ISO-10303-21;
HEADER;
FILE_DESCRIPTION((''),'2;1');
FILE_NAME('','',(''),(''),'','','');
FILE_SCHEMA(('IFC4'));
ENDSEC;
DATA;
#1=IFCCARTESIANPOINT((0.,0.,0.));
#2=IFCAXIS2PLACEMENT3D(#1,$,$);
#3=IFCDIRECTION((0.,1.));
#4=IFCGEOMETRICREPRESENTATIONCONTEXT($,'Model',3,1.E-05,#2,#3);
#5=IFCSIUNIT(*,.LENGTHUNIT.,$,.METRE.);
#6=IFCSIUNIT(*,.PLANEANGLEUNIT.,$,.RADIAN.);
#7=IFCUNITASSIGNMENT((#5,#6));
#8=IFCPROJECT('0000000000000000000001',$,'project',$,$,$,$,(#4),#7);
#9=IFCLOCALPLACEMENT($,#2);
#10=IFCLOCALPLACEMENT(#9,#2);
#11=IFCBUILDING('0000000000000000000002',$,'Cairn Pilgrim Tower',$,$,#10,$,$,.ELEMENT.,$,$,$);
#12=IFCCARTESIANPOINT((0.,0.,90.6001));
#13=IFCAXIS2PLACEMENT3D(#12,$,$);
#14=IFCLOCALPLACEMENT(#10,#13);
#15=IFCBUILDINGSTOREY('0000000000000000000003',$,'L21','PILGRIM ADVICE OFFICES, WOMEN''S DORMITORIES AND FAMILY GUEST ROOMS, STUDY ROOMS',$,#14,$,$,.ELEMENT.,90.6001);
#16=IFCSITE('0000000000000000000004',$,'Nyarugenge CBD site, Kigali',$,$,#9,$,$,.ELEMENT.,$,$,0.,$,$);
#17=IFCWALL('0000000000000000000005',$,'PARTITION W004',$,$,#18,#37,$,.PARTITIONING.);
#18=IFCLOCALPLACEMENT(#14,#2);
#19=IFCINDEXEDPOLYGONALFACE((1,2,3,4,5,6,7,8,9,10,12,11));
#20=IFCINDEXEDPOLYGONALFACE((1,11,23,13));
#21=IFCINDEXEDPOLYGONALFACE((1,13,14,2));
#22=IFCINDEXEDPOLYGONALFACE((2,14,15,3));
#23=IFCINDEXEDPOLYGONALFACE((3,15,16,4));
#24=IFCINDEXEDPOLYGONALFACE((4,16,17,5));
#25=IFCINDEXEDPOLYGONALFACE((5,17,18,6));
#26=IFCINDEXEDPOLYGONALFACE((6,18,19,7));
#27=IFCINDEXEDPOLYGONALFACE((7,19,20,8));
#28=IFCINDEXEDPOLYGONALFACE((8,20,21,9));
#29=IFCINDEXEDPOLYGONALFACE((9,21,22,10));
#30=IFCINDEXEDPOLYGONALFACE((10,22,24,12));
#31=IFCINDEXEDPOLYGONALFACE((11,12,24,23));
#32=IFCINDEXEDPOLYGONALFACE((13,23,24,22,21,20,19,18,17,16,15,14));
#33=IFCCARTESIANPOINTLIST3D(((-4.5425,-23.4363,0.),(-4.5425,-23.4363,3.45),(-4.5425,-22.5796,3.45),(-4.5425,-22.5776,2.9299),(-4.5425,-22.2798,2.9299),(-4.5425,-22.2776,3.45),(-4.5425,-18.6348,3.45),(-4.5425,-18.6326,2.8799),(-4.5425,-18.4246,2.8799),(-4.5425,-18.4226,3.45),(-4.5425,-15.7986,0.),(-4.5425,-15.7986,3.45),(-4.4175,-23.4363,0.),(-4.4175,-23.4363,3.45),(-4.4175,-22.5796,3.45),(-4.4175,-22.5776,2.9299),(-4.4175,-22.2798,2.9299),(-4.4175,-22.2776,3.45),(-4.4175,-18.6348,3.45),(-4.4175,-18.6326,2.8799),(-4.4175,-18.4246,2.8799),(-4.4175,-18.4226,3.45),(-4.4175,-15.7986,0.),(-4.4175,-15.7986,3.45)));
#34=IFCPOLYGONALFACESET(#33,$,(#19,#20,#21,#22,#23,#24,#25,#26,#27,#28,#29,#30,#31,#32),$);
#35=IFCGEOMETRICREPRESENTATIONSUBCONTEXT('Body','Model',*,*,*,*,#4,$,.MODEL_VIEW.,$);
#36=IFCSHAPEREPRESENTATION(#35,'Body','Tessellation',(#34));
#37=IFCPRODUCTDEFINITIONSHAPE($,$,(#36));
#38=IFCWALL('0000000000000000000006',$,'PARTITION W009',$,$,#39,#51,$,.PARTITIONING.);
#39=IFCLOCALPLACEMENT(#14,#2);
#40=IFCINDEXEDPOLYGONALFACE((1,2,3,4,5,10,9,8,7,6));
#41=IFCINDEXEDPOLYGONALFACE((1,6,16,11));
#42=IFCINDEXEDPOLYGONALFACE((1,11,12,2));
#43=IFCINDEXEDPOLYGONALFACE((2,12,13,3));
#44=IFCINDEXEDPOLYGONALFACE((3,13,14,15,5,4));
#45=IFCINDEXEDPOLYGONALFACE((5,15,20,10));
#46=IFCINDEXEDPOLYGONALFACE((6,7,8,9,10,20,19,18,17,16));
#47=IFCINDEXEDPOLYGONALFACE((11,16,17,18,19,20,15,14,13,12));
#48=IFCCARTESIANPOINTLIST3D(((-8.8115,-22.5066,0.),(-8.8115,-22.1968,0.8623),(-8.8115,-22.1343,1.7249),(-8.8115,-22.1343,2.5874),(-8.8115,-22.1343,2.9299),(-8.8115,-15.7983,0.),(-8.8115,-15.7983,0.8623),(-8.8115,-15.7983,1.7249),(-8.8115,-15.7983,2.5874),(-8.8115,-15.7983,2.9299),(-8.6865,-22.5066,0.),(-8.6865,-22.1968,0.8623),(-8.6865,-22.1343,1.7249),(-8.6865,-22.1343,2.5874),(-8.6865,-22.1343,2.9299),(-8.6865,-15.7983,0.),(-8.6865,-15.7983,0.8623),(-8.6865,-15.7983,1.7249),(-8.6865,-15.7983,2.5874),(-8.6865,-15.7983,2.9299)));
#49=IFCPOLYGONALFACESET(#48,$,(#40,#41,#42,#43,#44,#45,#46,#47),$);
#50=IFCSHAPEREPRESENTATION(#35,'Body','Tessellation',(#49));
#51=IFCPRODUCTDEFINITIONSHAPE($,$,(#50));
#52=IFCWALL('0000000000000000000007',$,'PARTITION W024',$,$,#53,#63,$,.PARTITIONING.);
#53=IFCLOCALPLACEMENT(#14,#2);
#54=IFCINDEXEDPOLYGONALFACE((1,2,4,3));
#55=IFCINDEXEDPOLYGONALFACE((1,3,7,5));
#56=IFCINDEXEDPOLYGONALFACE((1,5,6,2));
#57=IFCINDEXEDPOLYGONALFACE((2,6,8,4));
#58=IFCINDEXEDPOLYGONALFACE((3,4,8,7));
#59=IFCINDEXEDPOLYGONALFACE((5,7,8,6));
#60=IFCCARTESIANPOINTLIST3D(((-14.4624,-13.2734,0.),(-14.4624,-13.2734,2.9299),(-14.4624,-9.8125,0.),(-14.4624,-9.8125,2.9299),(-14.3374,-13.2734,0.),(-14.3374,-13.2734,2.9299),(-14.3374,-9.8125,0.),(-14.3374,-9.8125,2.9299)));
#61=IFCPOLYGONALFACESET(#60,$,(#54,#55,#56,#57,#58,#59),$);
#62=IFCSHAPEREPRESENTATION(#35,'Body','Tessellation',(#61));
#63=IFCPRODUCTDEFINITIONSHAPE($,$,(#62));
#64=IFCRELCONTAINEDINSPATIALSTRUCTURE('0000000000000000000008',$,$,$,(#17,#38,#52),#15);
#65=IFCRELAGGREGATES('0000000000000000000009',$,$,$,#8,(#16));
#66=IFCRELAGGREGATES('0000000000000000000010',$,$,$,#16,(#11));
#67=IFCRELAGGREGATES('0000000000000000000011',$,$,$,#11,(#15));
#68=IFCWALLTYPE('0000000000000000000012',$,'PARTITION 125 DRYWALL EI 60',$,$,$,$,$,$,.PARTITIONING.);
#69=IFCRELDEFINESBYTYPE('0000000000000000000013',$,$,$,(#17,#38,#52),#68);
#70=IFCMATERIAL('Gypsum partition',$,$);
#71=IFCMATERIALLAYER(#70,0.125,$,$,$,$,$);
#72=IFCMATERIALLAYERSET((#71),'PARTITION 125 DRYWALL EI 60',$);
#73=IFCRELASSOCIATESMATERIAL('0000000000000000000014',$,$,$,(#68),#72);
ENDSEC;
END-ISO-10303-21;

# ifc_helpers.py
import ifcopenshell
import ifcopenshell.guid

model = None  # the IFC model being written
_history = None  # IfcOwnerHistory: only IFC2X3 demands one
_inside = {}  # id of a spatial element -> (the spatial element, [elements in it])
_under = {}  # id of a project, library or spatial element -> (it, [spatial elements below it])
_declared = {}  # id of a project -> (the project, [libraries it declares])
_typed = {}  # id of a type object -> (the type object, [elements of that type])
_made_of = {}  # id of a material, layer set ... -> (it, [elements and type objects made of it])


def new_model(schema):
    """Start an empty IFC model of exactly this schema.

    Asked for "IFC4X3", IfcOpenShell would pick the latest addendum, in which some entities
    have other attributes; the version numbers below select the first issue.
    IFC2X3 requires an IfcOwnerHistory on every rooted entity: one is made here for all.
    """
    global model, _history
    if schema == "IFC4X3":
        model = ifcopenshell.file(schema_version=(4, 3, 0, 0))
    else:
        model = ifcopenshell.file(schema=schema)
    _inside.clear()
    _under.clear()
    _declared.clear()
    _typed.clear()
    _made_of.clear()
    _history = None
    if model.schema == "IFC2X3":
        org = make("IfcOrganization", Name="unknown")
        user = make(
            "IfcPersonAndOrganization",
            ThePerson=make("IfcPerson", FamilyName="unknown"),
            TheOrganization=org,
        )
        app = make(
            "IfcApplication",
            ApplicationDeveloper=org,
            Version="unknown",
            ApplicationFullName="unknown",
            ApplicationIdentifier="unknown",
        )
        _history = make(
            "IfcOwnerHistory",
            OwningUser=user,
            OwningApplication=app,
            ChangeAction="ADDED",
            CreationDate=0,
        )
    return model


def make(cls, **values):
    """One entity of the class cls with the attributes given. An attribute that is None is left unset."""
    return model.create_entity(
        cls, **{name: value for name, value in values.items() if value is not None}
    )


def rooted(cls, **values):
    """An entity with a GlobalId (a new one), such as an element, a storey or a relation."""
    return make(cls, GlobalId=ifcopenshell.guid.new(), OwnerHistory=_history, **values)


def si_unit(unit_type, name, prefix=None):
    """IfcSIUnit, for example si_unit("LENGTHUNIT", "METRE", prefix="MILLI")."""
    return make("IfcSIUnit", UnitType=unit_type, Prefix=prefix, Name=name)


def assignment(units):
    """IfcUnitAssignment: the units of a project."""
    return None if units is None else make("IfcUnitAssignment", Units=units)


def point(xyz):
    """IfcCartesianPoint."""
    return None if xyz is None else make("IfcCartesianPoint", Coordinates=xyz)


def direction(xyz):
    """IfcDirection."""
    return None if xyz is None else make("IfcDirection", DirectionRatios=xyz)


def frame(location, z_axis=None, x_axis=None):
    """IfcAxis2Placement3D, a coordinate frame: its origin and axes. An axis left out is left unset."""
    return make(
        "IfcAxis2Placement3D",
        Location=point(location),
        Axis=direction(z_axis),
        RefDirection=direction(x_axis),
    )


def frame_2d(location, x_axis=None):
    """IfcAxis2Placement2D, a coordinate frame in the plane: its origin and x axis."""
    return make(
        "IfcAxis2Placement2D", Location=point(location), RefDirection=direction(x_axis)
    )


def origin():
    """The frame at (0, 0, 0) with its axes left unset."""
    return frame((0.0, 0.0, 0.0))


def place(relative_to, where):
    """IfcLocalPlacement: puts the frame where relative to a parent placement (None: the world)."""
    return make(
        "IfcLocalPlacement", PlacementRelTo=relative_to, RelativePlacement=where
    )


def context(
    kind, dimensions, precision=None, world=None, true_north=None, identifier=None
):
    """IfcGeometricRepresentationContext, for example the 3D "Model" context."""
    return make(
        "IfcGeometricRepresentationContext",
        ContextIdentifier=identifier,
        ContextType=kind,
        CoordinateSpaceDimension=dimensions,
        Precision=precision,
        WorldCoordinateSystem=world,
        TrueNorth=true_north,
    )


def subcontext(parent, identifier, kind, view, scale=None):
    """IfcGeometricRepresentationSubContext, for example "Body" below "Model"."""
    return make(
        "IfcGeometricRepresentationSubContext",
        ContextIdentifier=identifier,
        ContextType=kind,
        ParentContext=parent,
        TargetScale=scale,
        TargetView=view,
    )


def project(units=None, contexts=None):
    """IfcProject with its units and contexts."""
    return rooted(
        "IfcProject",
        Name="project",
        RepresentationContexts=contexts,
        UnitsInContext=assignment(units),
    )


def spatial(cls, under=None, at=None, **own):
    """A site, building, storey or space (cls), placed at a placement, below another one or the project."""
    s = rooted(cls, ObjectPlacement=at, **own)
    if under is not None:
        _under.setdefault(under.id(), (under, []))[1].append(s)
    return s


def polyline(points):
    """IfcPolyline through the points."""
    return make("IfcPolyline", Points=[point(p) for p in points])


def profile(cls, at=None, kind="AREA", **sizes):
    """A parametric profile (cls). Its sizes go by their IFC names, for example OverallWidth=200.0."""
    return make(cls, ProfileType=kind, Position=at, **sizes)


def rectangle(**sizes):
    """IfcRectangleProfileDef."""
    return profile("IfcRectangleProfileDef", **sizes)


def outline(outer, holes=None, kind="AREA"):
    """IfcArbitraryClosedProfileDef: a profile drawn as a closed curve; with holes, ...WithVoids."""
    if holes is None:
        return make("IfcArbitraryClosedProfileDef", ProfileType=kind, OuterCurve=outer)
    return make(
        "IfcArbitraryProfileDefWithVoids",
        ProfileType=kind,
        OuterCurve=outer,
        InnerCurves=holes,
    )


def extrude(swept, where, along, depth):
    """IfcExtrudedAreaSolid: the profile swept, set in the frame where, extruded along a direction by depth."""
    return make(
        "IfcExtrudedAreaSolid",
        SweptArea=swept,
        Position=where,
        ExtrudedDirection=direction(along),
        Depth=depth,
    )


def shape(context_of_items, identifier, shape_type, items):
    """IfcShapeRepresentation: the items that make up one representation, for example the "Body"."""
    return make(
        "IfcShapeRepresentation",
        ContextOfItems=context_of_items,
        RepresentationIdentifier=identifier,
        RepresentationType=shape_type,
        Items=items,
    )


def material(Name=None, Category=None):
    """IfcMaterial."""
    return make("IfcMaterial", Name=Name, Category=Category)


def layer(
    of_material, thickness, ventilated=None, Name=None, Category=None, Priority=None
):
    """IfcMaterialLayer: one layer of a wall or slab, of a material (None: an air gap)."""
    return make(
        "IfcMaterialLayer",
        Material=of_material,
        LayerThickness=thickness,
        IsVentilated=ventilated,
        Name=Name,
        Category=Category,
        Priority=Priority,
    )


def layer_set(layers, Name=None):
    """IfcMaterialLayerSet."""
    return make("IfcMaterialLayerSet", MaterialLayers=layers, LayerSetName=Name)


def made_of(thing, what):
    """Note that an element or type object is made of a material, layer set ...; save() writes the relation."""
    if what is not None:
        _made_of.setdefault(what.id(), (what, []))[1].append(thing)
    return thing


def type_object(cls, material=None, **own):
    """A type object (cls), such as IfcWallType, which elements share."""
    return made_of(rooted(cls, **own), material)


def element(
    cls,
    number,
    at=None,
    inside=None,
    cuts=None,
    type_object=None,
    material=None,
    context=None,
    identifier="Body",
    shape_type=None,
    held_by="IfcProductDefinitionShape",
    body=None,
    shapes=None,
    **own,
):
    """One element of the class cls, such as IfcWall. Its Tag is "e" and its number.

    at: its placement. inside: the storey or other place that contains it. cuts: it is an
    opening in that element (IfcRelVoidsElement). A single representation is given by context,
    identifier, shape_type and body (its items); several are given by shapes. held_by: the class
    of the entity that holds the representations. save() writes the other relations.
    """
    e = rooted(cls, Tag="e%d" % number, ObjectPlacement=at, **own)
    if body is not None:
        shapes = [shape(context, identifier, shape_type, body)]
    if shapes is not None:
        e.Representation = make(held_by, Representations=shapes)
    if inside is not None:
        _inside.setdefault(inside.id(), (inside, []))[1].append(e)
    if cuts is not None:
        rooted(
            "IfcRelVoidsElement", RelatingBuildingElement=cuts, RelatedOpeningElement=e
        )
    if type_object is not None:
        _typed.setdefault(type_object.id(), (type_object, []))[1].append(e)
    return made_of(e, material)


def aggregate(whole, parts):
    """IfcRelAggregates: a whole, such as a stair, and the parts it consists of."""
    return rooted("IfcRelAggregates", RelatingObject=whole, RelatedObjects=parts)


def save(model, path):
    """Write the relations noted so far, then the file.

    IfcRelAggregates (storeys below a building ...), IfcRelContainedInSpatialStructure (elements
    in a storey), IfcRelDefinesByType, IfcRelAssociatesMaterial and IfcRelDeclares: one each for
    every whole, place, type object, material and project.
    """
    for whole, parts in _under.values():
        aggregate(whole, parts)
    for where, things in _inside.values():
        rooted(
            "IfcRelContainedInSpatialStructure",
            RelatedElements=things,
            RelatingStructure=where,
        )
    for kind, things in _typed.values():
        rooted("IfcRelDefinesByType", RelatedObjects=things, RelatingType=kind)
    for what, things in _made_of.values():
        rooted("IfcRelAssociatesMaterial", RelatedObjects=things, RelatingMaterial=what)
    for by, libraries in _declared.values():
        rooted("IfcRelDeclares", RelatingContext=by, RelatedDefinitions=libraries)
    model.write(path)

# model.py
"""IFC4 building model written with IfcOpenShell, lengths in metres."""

from ifc_helpers import new_model, si_unit, direction, frame, frame_2d, origin, place, context, subcontext, project, spatial, polyline, rectangle, outline, extrude, material, layer, layer_set, type_object, element, save


model = new_model("IFC4")

# Units and contexts
model_context = context("Model", 3, precision=1e-05, world=origin(), true_north=direction((0.0, 1.0)))
body_context = subcontext(model_context, "Body", "Model", "MODEL_VIEW")
ifc_project = project(units=[si_unit("LENGTHUNIT", "METRE"), si_unit("PLANEANGLEUNIT", "RADIAN")], contexts=[model_context])

# Site, building, storey
site_placement = place(None, origin())
site = spatial("IfcSite", under=ifc_project, at=site_placement, Name="Nyarugenge CBD site, Kigali", CompositionType="ELEMENT", RefElevation=0.0)
building_placement = place(site_placement, origin())
building = spatial("IfcBuilding", under=site, at=building_placement, Name="Cairn Pilgrim Tower", CompositionType="ELEMENT")
storey_placement = place(building_placement, frame((0.0, 0.0, 90.6001)))
storey = spatial("IfcBuildingStorey", under=building, at=storey_placement, Name="L21", Description="PILGRIM ADVICE OFFICES, WOMEN'S DORMITORIES AND FAMILY GUEST ROOMS, STUDY ROOMS", CompositionType="ELEMENT", Elevation=90.6001)

# Shared definitions
ifc_material_1 = material(Name="Gypsum partition")

# Walls
ifc_layer_1 = layer(ifc_material_1, 0.125)
ifc_layer_set_1 = layer_set([ifc_layer_1], Name="PARTITION 125 DRYWALL EI 60")
wall_type_1 = type_object("IfcWallType", Name="PARTITION 125 DRYWALL EI 60", PredefinedType="PARTITIONING", material=ifc_layer_set_1)
wall_1_placement = place(storey_placement, frame((-4.48, -23.4363, 0.0), z_axis=(0.0, 0.0, 1.0), x_axis=(0.0, 1.0, 0.0)))
element("IfcWall", 1, at=wall_1_placement, inside=storey, type_object=wall_type_1, Name="PARTITION W004", PredefinedType="PARTITIONING", context=body_context, shape_type="SweptSolid", body=[
    extrude(outline(polyline([(0.0, 0.0), (7.6377, 0.0), (7.6377, 3.45), (5.0137, 3.45), (5.0117, 2.8799), (4.8037, 2.8799), (4.8015, 3.45), (1.1587, 3.45), (1.1565, 2.9299), (0.8586, 2.9299), (0.8567, 3.45), (0.0, 3.45), (0.0, 0.0)])), frame((0.0, 0.0625, 0.0), z_axis=(0.0, -1.0, 0.0), x_axis=(1.0, 0.0, 0.0)), (0.0, 0.0, 1.0), 0.125),
])
wall_2_placement = place(storey_placement, frame((-8.749, -22.5066, 0.0), z_axis=(0.0, 0.0, 1.0), x_axis=(0.0, 1.0, 0.0)))
element("IfcWall", 2, at=wall_2_placement, inside=storey, type_object=wall_type_1, Name="PARTITION W009", PredefinedType="PARTITIONING", context=body_context, shape_type="SweptSolid", body=[
    extrude(outline(polyline([(0.0, 0.0), (6.7083, 0.0), (6.7083, 0.8623), (6.7083, 1.7249), (6.7083, 2.5874), (6.7083, 2.9299), (0.3723, 2.9299), (0.3723, 2.5874), (0.3723, 1.7249), (0.3098, 0.8623), (0.0, 0.0)])), frame((0.0, 0.0625, 0.0), z_axis=(0.0, -1.0, 0.0), x_axis=(1.0, 0.0, 0.0)), (0.0, 0.0, 1.0), 0.125),
])
wall_3_placement = place(storey_placement, frame((-14.3999, -13.2734, 0.0), z_axis=(0.0, 0.0, 1.0), x_axis=(0.0, 1.0, 0.0)))
element("IfcWall", 3, at=wall_3_placement, inside=storey, type_object=wall_type_1, Name="PARTITION W024", PredefinedType="PARTITIONING", context=body_context, shape_type="SweptSolid", body=[
    extrude(rectangle(XDim=3.4609, YDim=0.125, at=frame_2d((1.7305, 0.0))), origin(), (0.0, 0.0, 1.0), 2.9299),
])

save(model, "model.ifc")
